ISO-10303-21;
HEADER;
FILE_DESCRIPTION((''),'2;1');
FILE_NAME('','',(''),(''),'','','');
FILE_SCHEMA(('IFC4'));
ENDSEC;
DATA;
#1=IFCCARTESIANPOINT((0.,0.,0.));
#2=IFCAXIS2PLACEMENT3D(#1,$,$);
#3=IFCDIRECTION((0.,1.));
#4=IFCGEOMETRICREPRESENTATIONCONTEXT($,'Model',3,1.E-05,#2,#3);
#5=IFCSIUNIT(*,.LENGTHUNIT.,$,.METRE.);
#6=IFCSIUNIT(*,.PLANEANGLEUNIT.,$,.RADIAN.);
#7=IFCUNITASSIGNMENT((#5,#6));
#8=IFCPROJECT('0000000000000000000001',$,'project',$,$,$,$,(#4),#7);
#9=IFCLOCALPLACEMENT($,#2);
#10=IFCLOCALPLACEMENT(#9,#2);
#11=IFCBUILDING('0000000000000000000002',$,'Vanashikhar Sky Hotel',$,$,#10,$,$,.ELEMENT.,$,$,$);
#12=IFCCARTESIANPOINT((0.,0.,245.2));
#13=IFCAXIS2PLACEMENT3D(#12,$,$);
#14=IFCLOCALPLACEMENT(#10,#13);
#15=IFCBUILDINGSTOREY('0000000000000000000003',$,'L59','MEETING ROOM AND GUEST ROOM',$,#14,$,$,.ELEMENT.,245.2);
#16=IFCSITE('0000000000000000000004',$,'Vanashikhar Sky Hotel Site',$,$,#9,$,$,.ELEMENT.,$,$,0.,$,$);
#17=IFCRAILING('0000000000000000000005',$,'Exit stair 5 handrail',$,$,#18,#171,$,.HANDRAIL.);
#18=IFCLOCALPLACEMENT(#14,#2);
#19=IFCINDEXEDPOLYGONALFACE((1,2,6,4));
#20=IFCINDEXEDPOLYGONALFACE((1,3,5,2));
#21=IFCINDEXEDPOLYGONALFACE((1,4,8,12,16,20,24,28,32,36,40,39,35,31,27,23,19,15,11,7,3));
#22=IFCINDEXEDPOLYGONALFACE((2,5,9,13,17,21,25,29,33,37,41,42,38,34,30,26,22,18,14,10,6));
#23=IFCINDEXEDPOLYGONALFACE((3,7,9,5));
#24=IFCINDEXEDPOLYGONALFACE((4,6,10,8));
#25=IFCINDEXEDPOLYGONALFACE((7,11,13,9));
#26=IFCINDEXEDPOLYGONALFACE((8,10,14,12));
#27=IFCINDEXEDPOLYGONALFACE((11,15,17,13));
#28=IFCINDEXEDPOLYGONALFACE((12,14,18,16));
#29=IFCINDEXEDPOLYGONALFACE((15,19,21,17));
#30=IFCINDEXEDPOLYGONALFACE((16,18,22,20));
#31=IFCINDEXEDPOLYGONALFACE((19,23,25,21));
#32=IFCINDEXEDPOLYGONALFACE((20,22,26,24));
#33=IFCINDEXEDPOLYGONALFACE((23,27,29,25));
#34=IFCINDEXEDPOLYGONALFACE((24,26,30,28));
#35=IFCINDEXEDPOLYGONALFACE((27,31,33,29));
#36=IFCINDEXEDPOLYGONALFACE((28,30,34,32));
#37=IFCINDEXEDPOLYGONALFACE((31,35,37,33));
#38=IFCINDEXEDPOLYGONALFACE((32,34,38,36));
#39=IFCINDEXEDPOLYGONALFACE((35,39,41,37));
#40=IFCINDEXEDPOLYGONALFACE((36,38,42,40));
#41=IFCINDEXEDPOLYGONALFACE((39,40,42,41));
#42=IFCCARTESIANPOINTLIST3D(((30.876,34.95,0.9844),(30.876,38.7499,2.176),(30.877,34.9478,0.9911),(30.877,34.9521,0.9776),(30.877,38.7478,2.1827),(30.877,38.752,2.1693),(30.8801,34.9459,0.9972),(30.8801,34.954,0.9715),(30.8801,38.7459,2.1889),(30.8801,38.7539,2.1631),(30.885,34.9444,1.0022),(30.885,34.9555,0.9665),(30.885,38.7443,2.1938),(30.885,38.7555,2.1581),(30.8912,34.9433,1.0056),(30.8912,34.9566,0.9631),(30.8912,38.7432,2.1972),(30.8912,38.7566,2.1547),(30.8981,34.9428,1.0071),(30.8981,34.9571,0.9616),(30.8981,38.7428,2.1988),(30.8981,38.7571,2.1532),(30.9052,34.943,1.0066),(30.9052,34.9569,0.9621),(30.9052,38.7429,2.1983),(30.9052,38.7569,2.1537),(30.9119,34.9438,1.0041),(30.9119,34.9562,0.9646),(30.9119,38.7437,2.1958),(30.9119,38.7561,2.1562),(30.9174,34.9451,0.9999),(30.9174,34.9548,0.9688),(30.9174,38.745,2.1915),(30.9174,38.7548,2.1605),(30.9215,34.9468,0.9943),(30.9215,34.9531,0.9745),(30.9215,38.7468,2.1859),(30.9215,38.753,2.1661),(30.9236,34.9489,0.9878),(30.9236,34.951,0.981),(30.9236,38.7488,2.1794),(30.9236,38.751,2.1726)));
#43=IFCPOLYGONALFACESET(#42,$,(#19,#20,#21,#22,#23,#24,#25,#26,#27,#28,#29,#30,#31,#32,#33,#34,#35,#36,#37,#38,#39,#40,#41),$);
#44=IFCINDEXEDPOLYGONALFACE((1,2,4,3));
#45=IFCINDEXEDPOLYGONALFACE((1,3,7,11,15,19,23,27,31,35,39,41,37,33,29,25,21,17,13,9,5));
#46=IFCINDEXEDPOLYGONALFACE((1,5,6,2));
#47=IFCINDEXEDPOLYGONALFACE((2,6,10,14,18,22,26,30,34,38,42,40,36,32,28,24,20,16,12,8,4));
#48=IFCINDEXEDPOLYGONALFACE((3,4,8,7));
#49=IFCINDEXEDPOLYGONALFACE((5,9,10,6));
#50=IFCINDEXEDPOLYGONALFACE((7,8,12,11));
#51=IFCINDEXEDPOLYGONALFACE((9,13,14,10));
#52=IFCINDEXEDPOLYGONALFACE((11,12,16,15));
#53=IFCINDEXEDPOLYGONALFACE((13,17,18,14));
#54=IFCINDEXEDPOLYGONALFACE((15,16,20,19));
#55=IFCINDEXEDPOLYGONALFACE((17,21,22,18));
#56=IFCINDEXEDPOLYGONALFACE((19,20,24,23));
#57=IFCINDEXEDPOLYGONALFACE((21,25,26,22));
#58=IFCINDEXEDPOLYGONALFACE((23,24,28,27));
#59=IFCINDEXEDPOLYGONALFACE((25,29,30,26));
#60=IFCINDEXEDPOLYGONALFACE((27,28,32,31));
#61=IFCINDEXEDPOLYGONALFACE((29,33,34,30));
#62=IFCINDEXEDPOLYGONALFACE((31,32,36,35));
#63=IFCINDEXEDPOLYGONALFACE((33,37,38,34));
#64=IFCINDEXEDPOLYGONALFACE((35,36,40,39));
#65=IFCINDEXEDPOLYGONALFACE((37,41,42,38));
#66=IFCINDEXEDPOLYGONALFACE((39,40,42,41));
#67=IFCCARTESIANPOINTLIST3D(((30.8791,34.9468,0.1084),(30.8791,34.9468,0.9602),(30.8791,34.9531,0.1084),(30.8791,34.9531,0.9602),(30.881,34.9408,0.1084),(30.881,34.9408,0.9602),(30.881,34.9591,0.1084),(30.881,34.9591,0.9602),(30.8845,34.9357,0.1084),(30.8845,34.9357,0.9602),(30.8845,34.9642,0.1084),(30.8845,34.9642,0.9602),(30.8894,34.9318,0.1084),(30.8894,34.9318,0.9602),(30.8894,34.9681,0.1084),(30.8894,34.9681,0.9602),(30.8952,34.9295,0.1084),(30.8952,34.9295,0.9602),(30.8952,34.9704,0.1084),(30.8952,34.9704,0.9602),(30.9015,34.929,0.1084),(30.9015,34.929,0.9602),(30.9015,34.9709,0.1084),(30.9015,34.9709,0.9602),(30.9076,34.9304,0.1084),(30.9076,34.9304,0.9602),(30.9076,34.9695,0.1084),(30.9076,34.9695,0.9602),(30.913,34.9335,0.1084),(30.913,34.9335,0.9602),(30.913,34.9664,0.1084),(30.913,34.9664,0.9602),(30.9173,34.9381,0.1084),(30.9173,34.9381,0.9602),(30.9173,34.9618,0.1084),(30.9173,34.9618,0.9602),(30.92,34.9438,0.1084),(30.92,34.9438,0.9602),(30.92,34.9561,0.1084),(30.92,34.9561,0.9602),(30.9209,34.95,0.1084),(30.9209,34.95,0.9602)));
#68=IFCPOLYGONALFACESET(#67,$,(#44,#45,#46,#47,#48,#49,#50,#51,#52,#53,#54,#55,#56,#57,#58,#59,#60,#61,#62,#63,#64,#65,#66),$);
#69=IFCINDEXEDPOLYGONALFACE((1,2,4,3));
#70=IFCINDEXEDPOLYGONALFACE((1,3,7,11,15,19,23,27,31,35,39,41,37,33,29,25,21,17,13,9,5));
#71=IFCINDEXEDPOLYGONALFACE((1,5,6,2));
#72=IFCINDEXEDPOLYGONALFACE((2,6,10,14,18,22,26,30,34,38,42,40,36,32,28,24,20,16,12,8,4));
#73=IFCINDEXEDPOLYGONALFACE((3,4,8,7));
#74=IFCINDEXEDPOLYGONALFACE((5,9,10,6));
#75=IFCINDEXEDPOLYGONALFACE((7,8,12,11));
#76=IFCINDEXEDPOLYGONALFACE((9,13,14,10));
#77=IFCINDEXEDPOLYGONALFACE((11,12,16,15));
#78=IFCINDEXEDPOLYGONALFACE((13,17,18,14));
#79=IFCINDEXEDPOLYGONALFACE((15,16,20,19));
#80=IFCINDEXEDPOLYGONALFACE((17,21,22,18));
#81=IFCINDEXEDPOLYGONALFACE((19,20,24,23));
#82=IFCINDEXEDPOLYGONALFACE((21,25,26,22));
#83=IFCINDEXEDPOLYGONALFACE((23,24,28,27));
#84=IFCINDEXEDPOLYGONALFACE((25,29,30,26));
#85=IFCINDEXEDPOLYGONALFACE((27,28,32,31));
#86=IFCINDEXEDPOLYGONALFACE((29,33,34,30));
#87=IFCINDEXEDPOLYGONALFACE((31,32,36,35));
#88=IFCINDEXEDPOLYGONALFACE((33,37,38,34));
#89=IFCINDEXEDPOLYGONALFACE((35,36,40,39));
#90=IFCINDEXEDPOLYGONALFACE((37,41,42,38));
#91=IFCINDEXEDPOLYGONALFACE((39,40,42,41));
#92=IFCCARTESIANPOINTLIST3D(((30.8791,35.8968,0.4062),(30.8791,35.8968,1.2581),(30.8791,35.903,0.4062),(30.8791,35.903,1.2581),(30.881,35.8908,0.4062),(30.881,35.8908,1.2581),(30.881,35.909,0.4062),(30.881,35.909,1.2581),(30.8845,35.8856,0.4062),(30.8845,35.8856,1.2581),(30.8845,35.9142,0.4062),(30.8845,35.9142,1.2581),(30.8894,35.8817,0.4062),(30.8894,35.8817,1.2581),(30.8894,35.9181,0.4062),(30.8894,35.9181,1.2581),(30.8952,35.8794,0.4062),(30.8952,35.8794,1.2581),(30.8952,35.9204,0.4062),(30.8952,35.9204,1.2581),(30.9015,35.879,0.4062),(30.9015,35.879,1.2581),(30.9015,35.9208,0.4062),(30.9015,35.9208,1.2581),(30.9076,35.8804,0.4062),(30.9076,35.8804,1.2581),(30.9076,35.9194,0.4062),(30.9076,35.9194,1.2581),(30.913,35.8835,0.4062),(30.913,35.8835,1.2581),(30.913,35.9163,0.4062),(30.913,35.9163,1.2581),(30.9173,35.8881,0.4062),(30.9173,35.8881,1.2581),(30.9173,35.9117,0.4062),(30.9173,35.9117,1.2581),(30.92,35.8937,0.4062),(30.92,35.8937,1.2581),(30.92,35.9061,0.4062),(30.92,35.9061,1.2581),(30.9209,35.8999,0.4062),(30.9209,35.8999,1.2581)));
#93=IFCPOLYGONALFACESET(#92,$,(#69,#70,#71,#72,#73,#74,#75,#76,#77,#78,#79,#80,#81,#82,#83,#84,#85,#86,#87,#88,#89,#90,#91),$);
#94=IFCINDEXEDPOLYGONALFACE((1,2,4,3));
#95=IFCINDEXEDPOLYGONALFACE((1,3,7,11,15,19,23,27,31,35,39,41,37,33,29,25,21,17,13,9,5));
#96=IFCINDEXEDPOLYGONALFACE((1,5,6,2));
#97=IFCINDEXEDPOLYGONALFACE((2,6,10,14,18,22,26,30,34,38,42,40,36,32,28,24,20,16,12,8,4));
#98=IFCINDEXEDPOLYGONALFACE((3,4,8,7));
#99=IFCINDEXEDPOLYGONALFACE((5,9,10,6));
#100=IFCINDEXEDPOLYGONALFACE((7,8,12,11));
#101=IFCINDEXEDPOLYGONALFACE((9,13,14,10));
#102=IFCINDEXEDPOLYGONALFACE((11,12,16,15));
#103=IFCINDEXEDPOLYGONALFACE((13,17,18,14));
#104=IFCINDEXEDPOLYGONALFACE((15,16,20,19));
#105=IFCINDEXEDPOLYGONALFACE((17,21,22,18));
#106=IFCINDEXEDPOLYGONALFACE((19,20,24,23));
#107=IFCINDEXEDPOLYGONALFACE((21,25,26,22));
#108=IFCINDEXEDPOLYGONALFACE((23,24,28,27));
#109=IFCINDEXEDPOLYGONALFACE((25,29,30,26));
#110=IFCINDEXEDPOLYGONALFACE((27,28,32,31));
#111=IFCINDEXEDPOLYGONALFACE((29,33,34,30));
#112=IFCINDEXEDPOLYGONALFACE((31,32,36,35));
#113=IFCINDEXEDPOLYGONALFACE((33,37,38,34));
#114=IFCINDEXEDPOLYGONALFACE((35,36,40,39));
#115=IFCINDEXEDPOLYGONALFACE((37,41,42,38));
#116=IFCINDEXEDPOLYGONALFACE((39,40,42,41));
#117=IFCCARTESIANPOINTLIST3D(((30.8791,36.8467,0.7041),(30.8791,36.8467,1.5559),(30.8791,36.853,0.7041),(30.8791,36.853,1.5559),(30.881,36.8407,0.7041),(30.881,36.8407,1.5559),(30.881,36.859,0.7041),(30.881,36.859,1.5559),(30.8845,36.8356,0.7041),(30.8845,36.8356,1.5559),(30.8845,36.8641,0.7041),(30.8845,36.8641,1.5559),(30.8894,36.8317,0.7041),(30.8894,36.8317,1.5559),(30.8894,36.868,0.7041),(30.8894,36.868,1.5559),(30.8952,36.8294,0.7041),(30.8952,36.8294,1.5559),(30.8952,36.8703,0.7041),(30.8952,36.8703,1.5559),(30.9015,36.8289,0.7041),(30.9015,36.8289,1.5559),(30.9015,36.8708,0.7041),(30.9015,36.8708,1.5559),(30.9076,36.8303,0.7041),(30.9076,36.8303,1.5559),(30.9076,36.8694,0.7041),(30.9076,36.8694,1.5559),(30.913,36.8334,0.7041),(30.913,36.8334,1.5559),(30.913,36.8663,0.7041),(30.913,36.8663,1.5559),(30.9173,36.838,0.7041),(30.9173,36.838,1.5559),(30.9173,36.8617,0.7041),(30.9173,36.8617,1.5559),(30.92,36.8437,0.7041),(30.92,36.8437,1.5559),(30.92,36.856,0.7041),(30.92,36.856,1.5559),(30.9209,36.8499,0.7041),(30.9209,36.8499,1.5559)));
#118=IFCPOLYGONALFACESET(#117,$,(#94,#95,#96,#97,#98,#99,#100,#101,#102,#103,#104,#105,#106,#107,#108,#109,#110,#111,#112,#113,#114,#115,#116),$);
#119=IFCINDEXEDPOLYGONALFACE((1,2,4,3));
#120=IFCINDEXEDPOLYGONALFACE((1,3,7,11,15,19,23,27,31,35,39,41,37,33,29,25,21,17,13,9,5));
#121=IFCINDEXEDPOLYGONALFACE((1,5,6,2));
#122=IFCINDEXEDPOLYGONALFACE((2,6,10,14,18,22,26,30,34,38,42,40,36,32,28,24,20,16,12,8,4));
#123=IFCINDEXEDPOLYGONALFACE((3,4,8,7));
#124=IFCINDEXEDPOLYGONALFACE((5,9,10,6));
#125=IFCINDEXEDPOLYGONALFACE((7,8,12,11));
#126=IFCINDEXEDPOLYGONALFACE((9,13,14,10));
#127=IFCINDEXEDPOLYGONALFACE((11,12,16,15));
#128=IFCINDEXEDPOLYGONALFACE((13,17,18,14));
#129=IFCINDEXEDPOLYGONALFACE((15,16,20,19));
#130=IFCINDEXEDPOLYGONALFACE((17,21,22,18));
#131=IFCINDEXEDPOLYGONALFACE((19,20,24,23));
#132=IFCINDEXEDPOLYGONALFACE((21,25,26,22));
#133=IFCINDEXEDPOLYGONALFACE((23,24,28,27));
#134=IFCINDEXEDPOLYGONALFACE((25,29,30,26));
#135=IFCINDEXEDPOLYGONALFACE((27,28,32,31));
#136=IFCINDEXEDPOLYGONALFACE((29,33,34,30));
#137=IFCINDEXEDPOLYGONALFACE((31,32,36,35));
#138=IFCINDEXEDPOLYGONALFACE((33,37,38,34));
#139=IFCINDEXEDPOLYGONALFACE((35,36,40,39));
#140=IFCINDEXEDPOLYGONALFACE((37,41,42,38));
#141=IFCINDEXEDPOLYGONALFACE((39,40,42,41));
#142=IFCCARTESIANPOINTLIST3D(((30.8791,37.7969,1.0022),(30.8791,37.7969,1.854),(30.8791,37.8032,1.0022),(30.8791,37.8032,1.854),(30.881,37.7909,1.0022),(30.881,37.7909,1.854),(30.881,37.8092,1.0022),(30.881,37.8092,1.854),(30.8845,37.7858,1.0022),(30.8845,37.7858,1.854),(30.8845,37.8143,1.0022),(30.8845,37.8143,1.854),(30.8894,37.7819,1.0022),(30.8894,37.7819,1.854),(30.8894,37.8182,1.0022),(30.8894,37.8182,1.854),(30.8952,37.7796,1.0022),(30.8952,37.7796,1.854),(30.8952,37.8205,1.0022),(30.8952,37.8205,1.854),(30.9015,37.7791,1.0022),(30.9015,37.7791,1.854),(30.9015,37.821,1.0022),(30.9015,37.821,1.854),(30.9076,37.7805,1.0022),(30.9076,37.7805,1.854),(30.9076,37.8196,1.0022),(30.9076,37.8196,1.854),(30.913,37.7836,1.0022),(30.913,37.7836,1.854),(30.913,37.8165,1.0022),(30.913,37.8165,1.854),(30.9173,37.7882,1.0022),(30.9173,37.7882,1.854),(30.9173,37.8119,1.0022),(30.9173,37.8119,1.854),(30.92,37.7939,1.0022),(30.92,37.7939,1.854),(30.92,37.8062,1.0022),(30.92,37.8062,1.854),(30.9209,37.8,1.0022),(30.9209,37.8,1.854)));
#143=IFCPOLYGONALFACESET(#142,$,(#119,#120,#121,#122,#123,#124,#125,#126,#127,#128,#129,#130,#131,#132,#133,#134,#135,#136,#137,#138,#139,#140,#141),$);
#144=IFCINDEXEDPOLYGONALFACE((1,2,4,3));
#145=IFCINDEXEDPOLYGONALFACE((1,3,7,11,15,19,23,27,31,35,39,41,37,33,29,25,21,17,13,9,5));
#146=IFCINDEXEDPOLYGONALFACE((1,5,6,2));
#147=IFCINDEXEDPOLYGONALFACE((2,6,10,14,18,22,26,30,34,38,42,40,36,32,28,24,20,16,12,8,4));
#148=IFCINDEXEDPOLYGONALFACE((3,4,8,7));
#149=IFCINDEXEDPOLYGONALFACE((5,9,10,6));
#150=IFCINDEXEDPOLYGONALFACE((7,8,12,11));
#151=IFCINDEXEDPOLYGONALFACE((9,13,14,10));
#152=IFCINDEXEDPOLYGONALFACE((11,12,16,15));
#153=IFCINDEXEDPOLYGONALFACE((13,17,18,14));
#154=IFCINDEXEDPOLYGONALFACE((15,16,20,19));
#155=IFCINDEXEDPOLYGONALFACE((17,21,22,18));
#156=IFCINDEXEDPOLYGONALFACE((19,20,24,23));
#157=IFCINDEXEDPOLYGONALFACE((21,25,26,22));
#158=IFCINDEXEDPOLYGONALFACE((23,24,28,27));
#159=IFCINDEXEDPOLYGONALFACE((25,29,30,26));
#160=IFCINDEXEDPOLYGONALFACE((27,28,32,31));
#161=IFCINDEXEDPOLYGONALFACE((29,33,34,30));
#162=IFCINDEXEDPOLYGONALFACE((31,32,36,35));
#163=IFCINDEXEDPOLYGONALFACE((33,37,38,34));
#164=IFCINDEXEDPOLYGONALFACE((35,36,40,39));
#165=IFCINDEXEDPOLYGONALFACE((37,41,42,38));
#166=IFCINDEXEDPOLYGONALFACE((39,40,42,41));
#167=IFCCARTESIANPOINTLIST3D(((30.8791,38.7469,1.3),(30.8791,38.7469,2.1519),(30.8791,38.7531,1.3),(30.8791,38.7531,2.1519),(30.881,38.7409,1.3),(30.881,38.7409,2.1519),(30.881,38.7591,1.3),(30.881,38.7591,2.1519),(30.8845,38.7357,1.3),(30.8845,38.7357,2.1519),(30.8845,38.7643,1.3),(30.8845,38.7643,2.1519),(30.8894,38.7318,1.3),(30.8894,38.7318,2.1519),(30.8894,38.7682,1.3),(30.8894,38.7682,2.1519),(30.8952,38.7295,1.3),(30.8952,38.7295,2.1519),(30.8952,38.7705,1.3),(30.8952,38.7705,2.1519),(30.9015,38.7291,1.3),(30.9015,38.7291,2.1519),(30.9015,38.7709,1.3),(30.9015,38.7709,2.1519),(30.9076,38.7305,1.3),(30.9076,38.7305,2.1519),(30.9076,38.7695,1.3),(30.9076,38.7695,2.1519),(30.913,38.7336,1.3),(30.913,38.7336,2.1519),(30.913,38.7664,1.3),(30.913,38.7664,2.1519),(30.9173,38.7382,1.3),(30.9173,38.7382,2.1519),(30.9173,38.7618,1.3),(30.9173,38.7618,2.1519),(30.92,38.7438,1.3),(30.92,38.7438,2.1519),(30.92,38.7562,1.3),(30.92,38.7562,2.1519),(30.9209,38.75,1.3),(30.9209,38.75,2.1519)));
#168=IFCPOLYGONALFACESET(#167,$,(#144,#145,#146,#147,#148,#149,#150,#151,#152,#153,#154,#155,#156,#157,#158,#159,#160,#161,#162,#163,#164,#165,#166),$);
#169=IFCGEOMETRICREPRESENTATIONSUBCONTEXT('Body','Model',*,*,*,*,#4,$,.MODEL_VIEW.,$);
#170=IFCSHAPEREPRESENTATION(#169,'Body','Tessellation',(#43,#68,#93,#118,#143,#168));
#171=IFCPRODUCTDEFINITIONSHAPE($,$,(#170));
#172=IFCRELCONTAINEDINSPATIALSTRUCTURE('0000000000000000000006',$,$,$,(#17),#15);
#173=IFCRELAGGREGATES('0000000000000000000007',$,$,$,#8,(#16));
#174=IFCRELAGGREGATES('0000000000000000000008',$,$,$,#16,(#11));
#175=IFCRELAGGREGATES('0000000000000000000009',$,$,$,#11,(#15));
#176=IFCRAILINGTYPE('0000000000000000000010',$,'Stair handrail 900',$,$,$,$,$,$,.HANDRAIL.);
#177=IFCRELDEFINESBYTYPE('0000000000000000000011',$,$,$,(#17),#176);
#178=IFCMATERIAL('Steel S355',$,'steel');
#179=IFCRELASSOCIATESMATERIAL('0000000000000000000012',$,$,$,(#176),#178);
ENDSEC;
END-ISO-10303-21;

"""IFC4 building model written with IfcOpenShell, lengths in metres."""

from ifc_helpers import new_model, si_unit, direction, frame, origin, origin_2d, place, context, subcontext, project, spatial, circle, extrude, source, transform, mapped, material, type_object, element, save


model = new_model("IFC4")

# Units and contexts
model_context = context("Model", 3, precision=1e-05, world=origin(), true_north=direction((0.0, 1.0)))
body_context = subcontext(model_context, "Body", "Model", "MODEL_VIEW")
ifc_project = project(units=[si_unit("LENGTHUNIT", "METRE"), si_unit("PLANEANGLEUNIT", "RADIAN")], contexts=[model_context])

# Site, building, storey
site_placement = place(None, origin())
site = spatial("IfcSite", under=ifc_project, at=site_placement, Name="Vanashikhar Sky Hotel Site", CompositionType="ELEMENT", RefElevation=0.0)
building_placement = place(site_placement, origin())
building = spatial("IfcBuilding", under=site, at=building_placement, Name="Vanashikhar Sky Hotel", CompositionType="ELEMENT")
storey_placement = place(building_placement, frame((0.0, 0.0, 245.2)))
storey = spatial("IfcBuildingStorey", under=building, at=storey_placement, Name="L59", Description="MEETING ROOM AND GUEST ROOM", CompositionType="ELEMENT", Elevation=245.2)

# Railing
ifc_material_1 = material(Name="Steel S355", Category="steel")
railing_type_1 = type_object("IfcRailingType", Name="Stair handrail 900", PredefinedType="HANDRAIL", material=ifc_material_1)
shared_shape_1 = source(origin(), body_context, "Body", "SweptSolid", [
    extrude(circle(Radius=0.0239, at=origin_2d()), frame((0.0, 0.0, 0.876), z_axis=(0.0, 0.954184, 0.299221), x_axis=(-1.0, 0.0, 0.0)), (0.0, 0.0, 1.0), 3.9824),
    extrude(circle(Radius=0.021, at=origin_2d()), origin(), (0.0, 0.0, 1.0), 0.8518),
    extrude(circle(Radius=0.021, at=origin_2d()), frame((0.0, 0.95, 0.2979)), (0.0, 0.0, 1.0), 0.8518),
    extrude(circle(Radius=0.021, at=origin_2d()), frame((0.0, 1.8999, 0.5957)), (0.0, 0.0, 1.0), 0.8518),
    extrude(circle(Radius=0.021, at=origin_2d()), frame((0.0, 2.8501, 0.8938)), (0.0, 0.0, 1.0), 0.8518),
    extrude(circle(Radius=0.021, at=origin_2d()), frame((0.0, 3.8, 1.1917)), (0.0, 0.0, 1.0), 0.8518),
])
for number, where, name in (
    (1, (30.8999, 34.95, 0.1084), "Exit stair 5 handrail"),
):
    element("IfcRailing", number, at=place(storey_placement, frame(where)), inside=storey, type_object=railing_type_1, Name=name, PredefinedType="HANDRAIL", context=body_context, shape_type="MappedRepresentation", body=[
        mapped(shared_shape_1, transform((0.0, 0.0, 0.0), scale=1.0)),
    ])

save(model, "model.ifc")
